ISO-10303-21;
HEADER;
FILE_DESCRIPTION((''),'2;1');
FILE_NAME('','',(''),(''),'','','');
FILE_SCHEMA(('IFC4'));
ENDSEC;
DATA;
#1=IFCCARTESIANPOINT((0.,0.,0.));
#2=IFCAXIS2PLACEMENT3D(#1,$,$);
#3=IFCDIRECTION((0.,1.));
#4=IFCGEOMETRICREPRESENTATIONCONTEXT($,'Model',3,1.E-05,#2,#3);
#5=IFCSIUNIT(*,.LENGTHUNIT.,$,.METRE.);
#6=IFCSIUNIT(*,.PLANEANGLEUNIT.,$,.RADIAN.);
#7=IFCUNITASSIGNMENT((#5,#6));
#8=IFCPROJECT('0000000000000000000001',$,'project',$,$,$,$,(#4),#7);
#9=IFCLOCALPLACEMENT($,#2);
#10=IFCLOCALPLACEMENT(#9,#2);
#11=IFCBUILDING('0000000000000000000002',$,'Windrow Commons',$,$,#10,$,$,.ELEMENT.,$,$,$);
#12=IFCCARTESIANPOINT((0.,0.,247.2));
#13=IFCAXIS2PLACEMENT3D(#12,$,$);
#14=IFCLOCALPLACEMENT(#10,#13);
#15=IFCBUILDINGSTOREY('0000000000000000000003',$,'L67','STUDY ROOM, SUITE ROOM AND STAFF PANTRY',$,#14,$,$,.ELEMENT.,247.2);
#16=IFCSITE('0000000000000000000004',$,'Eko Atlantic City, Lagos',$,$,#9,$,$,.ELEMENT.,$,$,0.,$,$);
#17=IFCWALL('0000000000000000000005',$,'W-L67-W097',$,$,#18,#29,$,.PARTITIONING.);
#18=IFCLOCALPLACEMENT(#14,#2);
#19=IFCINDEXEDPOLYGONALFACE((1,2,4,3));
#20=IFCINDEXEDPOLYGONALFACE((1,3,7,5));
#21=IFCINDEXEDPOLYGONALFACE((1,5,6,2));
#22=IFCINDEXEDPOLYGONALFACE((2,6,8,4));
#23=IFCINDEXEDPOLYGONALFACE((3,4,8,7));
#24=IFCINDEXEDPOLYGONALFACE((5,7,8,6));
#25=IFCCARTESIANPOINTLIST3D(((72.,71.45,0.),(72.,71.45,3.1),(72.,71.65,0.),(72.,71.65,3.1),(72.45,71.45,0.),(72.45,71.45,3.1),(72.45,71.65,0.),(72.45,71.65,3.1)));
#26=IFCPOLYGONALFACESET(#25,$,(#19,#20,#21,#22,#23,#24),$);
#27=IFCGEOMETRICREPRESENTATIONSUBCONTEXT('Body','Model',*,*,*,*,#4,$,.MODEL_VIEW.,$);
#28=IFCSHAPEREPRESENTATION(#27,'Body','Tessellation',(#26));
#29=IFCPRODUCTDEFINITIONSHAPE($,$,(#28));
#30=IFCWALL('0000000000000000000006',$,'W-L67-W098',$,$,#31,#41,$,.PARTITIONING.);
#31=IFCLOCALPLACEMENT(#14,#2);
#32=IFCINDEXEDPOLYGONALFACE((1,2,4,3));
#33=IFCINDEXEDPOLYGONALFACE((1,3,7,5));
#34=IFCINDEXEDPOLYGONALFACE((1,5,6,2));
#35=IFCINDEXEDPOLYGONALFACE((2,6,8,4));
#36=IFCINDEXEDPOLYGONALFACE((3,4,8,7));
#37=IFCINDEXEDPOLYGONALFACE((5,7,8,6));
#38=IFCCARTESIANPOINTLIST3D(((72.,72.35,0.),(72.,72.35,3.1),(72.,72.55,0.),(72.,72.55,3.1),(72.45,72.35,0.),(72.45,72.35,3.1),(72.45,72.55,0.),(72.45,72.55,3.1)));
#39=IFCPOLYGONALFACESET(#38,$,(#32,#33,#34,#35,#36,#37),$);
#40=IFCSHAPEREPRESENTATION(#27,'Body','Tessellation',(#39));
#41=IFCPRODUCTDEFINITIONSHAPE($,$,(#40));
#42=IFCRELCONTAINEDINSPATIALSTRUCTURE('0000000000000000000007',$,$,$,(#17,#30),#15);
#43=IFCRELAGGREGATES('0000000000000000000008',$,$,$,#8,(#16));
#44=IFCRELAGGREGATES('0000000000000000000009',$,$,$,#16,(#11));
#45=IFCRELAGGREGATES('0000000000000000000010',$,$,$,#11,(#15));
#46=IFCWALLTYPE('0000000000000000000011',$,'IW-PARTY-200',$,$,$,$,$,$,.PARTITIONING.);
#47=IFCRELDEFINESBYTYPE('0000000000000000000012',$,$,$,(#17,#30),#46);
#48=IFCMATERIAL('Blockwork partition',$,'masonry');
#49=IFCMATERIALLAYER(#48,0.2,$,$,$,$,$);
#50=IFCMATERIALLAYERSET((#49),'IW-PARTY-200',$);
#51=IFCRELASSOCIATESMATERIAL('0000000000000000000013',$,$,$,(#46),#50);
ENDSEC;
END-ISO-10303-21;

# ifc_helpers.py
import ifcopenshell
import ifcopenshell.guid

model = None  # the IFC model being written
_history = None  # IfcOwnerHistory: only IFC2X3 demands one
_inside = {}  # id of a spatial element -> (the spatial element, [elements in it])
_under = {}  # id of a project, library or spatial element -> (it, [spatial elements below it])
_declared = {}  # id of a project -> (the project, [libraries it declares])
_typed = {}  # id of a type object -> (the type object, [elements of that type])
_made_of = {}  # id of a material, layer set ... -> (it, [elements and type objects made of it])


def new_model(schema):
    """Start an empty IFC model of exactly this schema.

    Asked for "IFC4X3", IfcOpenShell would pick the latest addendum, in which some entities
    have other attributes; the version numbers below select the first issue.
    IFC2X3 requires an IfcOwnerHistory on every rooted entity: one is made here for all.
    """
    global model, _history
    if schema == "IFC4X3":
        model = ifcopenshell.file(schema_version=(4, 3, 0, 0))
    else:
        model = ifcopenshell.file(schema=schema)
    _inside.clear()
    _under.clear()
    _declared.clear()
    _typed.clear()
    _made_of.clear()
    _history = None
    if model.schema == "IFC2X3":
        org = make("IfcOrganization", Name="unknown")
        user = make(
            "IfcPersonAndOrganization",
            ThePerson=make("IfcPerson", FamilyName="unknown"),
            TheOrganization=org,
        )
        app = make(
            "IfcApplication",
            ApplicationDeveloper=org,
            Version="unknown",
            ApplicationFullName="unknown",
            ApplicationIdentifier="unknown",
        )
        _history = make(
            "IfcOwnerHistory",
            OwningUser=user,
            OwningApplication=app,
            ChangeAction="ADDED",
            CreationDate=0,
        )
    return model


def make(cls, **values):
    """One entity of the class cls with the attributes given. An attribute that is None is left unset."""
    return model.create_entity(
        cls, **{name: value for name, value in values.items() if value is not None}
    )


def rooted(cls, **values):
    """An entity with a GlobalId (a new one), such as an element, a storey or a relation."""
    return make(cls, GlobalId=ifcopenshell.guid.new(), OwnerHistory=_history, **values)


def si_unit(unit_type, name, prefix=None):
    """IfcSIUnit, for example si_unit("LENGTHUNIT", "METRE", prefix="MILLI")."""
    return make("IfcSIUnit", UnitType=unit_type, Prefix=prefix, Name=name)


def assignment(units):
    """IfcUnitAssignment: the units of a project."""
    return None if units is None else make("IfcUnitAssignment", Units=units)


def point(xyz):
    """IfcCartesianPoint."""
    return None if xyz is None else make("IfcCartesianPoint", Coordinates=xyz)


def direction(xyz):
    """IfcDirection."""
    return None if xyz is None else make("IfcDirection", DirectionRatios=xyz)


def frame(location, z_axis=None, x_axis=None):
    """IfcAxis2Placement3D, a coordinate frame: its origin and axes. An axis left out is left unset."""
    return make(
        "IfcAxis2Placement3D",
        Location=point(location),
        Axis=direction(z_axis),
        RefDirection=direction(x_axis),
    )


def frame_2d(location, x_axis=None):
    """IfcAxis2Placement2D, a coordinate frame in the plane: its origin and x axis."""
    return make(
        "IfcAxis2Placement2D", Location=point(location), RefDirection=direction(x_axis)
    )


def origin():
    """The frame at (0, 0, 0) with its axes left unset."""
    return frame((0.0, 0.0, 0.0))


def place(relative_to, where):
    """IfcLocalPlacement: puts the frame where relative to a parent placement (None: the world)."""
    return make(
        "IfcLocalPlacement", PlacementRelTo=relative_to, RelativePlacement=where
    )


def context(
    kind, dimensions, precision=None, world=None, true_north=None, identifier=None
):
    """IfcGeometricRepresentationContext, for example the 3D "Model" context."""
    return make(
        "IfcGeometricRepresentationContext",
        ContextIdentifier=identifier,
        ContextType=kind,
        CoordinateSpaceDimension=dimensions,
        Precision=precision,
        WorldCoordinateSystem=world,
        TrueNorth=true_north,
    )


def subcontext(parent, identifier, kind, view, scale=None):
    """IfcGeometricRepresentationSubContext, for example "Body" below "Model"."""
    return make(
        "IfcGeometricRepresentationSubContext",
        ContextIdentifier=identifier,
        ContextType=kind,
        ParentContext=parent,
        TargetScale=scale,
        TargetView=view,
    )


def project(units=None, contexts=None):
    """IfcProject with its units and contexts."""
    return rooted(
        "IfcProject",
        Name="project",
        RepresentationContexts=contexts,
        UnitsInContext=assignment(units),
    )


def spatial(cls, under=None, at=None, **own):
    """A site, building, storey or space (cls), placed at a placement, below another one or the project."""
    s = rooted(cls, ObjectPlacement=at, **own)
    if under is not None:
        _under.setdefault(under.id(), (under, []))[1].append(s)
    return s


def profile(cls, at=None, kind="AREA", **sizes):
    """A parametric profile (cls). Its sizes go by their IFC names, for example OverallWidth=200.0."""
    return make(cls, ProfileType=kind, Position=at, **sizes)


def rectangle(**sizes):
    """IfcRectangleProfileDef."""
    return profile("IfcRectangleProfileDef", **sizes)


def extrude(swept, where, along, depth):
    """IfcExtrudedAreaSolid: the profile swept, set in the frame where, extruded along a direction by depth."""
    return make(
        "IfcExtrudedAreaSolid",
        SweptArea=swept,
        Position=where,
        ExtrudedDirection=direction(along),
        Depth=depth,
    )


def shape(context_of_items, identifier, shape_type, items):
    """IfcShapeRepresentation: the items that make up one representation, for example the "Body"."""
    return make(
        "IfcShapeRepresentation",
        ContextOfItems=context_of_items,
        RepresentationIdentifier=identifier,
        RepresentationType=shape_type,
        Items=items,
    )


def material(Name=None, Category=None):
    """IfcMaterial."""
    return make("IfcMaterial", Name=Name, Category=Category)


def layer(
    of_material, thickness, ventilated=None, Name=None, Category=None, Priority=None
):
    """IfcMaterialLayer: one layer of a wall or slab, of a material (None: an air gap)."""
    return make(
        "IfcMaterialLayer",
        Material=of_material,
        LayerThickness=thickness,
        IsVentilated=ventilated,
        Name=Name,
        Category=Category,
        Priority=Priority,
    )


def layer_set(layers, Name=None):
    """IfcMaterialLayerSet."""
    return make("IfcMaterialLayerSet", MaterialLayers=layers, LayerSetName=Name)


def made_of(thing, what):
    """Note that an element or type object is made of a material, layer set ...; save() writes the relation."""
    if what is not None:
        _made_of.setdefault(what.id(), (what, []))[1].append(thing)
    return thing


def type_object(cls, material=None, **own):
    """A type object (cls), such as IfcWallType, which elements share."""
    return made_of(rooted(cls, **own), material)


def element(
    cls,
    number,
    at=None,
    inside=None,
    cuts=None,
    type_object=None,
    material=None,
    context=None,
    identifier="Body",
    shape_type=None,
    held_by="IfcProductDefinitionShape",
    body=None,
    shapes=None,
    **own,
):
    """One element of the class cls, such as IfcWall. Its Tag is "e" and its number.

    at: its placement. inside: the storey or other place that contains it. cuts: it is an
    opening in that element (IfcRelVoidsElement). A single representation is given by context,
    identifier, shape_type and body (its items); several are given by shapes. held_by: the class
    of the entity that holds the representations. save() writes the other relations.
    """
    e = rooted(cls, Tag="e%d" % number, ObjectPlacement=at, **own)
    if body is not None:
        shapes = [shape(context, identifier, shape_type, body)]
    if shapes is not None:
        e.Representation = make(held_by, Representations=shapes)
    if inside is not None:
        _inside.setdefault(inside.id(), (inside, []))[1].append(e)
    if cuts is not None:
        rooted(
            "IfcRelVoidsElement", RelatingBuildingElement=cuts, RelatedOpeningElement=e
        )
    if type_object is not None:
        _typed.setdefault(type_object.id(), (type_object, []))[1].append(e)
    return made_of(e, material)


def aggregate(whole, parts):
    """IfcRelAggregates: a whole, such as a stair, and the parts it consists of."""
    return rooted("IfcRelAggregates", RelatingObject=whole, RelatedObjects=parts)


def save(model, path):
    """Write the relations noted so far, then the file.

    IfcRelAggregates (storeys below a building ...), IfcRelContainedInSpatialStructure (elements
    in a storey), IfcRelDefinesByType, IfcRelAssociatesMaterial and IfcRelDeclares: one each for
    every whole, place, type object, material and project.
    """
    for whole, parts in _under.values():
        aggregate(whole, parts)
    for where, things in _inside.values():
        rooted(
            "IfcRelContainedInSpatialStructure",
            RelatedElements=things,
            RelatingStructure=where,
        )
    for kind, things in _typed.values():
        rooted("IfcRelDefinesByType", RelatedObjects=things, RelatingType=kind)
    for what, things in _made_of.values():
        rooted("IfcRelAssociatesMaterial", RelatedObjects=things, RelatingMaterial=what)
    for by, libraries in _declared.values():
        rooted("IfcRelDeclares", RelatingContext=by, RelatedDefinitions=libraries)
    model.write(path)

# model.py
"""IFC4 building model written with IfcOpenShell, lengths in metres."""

from ifc_helpers import new_model, si_unit, direction, frame, frame_2d, origin, place, context, subcontext, project, spatial, rectangle, extrude, material, layer, layer_set, type_object, element, save


model = new_model("IFC4")

# Units and contexts
model_context = context("Model", 3, precision=1e-05, world=origin(), true_north=direction((0.0, 1.0)))
body_context = subcontext(model_context, "Body", "Model", "MODEL_VIEW")
ifc_project = project(units=[si_unit("LENGTHUNIT", "METRE"), si_unit("PLANEANGLEUNIT", "RADIAN")], contexts=[model_context])

# Site, building, storey
site_placement = place(None, origin())
site = spatial("IfcSite", under=ifc_project, at=site_placement, Name="Eko Atlantic City, Lagos", CompositionType="ELEMENT", RefElevation=0.0)
building_placement = place(site_placement, origin())
building = spatial("IfcBuilding", under=site, at=building_placement, Name="Windrow Commons", CompositionType="ELEMENT")
storey_placement = place(building_placement, frame((0.0, 0.0, 247.2)))
storey = spatial("IfcBuildingStorey", under=building, at=storey_placement, Name="L67", Description="STUDY ROOM, SUITE ROOM AND STAFF PANTRY", CompositionType="ELEMENT", Elevation=247.2)

# Walls
ifc_material_1 = material(Name="Blockwork partition", Category="masonry")
ifc_layer_1 = layer(ifc_material_1, 0.2)
ifc_layer_set_1 = layer_set([ifc_layer_1], Name="IW-PARTY-200")
wall_type_1 = type_object("IfcWallType", Name="IW-PARTY-200", PredefinedType="PARTITIONING", material=ifc_layer_set_1)
for number, where, z_axis, x_axis, name in (
    (1, (72.0, 71.55, 0.0), (0.0, 0.0, 1.0), (1.0, 0.0, 0.0), "W-L67-W097"),
    (2, (72.0, 72.45, 0.0), (0.0, 0.0, 1.0), (1.0, 0.0, 0.0), "W-L67-W098"),
):
    element("IfcWall", number, at=place(storey_placement, frame(where, z_axis=z_axis, x_axis=x_axis)), inside=storey, type_object=wall_type_1, Name=name, PredefinedType="PARTITIONING", context=body_context, shape_type="SweptSolid", body=[
        extrude(rectangle(XDim=0.45, YDim=0.2, at=frame_2d((0.225, 0.0))), origin(), (0.0, 0.0, 1.0), 3.1),
    ])

save(model, "model.ifc")
